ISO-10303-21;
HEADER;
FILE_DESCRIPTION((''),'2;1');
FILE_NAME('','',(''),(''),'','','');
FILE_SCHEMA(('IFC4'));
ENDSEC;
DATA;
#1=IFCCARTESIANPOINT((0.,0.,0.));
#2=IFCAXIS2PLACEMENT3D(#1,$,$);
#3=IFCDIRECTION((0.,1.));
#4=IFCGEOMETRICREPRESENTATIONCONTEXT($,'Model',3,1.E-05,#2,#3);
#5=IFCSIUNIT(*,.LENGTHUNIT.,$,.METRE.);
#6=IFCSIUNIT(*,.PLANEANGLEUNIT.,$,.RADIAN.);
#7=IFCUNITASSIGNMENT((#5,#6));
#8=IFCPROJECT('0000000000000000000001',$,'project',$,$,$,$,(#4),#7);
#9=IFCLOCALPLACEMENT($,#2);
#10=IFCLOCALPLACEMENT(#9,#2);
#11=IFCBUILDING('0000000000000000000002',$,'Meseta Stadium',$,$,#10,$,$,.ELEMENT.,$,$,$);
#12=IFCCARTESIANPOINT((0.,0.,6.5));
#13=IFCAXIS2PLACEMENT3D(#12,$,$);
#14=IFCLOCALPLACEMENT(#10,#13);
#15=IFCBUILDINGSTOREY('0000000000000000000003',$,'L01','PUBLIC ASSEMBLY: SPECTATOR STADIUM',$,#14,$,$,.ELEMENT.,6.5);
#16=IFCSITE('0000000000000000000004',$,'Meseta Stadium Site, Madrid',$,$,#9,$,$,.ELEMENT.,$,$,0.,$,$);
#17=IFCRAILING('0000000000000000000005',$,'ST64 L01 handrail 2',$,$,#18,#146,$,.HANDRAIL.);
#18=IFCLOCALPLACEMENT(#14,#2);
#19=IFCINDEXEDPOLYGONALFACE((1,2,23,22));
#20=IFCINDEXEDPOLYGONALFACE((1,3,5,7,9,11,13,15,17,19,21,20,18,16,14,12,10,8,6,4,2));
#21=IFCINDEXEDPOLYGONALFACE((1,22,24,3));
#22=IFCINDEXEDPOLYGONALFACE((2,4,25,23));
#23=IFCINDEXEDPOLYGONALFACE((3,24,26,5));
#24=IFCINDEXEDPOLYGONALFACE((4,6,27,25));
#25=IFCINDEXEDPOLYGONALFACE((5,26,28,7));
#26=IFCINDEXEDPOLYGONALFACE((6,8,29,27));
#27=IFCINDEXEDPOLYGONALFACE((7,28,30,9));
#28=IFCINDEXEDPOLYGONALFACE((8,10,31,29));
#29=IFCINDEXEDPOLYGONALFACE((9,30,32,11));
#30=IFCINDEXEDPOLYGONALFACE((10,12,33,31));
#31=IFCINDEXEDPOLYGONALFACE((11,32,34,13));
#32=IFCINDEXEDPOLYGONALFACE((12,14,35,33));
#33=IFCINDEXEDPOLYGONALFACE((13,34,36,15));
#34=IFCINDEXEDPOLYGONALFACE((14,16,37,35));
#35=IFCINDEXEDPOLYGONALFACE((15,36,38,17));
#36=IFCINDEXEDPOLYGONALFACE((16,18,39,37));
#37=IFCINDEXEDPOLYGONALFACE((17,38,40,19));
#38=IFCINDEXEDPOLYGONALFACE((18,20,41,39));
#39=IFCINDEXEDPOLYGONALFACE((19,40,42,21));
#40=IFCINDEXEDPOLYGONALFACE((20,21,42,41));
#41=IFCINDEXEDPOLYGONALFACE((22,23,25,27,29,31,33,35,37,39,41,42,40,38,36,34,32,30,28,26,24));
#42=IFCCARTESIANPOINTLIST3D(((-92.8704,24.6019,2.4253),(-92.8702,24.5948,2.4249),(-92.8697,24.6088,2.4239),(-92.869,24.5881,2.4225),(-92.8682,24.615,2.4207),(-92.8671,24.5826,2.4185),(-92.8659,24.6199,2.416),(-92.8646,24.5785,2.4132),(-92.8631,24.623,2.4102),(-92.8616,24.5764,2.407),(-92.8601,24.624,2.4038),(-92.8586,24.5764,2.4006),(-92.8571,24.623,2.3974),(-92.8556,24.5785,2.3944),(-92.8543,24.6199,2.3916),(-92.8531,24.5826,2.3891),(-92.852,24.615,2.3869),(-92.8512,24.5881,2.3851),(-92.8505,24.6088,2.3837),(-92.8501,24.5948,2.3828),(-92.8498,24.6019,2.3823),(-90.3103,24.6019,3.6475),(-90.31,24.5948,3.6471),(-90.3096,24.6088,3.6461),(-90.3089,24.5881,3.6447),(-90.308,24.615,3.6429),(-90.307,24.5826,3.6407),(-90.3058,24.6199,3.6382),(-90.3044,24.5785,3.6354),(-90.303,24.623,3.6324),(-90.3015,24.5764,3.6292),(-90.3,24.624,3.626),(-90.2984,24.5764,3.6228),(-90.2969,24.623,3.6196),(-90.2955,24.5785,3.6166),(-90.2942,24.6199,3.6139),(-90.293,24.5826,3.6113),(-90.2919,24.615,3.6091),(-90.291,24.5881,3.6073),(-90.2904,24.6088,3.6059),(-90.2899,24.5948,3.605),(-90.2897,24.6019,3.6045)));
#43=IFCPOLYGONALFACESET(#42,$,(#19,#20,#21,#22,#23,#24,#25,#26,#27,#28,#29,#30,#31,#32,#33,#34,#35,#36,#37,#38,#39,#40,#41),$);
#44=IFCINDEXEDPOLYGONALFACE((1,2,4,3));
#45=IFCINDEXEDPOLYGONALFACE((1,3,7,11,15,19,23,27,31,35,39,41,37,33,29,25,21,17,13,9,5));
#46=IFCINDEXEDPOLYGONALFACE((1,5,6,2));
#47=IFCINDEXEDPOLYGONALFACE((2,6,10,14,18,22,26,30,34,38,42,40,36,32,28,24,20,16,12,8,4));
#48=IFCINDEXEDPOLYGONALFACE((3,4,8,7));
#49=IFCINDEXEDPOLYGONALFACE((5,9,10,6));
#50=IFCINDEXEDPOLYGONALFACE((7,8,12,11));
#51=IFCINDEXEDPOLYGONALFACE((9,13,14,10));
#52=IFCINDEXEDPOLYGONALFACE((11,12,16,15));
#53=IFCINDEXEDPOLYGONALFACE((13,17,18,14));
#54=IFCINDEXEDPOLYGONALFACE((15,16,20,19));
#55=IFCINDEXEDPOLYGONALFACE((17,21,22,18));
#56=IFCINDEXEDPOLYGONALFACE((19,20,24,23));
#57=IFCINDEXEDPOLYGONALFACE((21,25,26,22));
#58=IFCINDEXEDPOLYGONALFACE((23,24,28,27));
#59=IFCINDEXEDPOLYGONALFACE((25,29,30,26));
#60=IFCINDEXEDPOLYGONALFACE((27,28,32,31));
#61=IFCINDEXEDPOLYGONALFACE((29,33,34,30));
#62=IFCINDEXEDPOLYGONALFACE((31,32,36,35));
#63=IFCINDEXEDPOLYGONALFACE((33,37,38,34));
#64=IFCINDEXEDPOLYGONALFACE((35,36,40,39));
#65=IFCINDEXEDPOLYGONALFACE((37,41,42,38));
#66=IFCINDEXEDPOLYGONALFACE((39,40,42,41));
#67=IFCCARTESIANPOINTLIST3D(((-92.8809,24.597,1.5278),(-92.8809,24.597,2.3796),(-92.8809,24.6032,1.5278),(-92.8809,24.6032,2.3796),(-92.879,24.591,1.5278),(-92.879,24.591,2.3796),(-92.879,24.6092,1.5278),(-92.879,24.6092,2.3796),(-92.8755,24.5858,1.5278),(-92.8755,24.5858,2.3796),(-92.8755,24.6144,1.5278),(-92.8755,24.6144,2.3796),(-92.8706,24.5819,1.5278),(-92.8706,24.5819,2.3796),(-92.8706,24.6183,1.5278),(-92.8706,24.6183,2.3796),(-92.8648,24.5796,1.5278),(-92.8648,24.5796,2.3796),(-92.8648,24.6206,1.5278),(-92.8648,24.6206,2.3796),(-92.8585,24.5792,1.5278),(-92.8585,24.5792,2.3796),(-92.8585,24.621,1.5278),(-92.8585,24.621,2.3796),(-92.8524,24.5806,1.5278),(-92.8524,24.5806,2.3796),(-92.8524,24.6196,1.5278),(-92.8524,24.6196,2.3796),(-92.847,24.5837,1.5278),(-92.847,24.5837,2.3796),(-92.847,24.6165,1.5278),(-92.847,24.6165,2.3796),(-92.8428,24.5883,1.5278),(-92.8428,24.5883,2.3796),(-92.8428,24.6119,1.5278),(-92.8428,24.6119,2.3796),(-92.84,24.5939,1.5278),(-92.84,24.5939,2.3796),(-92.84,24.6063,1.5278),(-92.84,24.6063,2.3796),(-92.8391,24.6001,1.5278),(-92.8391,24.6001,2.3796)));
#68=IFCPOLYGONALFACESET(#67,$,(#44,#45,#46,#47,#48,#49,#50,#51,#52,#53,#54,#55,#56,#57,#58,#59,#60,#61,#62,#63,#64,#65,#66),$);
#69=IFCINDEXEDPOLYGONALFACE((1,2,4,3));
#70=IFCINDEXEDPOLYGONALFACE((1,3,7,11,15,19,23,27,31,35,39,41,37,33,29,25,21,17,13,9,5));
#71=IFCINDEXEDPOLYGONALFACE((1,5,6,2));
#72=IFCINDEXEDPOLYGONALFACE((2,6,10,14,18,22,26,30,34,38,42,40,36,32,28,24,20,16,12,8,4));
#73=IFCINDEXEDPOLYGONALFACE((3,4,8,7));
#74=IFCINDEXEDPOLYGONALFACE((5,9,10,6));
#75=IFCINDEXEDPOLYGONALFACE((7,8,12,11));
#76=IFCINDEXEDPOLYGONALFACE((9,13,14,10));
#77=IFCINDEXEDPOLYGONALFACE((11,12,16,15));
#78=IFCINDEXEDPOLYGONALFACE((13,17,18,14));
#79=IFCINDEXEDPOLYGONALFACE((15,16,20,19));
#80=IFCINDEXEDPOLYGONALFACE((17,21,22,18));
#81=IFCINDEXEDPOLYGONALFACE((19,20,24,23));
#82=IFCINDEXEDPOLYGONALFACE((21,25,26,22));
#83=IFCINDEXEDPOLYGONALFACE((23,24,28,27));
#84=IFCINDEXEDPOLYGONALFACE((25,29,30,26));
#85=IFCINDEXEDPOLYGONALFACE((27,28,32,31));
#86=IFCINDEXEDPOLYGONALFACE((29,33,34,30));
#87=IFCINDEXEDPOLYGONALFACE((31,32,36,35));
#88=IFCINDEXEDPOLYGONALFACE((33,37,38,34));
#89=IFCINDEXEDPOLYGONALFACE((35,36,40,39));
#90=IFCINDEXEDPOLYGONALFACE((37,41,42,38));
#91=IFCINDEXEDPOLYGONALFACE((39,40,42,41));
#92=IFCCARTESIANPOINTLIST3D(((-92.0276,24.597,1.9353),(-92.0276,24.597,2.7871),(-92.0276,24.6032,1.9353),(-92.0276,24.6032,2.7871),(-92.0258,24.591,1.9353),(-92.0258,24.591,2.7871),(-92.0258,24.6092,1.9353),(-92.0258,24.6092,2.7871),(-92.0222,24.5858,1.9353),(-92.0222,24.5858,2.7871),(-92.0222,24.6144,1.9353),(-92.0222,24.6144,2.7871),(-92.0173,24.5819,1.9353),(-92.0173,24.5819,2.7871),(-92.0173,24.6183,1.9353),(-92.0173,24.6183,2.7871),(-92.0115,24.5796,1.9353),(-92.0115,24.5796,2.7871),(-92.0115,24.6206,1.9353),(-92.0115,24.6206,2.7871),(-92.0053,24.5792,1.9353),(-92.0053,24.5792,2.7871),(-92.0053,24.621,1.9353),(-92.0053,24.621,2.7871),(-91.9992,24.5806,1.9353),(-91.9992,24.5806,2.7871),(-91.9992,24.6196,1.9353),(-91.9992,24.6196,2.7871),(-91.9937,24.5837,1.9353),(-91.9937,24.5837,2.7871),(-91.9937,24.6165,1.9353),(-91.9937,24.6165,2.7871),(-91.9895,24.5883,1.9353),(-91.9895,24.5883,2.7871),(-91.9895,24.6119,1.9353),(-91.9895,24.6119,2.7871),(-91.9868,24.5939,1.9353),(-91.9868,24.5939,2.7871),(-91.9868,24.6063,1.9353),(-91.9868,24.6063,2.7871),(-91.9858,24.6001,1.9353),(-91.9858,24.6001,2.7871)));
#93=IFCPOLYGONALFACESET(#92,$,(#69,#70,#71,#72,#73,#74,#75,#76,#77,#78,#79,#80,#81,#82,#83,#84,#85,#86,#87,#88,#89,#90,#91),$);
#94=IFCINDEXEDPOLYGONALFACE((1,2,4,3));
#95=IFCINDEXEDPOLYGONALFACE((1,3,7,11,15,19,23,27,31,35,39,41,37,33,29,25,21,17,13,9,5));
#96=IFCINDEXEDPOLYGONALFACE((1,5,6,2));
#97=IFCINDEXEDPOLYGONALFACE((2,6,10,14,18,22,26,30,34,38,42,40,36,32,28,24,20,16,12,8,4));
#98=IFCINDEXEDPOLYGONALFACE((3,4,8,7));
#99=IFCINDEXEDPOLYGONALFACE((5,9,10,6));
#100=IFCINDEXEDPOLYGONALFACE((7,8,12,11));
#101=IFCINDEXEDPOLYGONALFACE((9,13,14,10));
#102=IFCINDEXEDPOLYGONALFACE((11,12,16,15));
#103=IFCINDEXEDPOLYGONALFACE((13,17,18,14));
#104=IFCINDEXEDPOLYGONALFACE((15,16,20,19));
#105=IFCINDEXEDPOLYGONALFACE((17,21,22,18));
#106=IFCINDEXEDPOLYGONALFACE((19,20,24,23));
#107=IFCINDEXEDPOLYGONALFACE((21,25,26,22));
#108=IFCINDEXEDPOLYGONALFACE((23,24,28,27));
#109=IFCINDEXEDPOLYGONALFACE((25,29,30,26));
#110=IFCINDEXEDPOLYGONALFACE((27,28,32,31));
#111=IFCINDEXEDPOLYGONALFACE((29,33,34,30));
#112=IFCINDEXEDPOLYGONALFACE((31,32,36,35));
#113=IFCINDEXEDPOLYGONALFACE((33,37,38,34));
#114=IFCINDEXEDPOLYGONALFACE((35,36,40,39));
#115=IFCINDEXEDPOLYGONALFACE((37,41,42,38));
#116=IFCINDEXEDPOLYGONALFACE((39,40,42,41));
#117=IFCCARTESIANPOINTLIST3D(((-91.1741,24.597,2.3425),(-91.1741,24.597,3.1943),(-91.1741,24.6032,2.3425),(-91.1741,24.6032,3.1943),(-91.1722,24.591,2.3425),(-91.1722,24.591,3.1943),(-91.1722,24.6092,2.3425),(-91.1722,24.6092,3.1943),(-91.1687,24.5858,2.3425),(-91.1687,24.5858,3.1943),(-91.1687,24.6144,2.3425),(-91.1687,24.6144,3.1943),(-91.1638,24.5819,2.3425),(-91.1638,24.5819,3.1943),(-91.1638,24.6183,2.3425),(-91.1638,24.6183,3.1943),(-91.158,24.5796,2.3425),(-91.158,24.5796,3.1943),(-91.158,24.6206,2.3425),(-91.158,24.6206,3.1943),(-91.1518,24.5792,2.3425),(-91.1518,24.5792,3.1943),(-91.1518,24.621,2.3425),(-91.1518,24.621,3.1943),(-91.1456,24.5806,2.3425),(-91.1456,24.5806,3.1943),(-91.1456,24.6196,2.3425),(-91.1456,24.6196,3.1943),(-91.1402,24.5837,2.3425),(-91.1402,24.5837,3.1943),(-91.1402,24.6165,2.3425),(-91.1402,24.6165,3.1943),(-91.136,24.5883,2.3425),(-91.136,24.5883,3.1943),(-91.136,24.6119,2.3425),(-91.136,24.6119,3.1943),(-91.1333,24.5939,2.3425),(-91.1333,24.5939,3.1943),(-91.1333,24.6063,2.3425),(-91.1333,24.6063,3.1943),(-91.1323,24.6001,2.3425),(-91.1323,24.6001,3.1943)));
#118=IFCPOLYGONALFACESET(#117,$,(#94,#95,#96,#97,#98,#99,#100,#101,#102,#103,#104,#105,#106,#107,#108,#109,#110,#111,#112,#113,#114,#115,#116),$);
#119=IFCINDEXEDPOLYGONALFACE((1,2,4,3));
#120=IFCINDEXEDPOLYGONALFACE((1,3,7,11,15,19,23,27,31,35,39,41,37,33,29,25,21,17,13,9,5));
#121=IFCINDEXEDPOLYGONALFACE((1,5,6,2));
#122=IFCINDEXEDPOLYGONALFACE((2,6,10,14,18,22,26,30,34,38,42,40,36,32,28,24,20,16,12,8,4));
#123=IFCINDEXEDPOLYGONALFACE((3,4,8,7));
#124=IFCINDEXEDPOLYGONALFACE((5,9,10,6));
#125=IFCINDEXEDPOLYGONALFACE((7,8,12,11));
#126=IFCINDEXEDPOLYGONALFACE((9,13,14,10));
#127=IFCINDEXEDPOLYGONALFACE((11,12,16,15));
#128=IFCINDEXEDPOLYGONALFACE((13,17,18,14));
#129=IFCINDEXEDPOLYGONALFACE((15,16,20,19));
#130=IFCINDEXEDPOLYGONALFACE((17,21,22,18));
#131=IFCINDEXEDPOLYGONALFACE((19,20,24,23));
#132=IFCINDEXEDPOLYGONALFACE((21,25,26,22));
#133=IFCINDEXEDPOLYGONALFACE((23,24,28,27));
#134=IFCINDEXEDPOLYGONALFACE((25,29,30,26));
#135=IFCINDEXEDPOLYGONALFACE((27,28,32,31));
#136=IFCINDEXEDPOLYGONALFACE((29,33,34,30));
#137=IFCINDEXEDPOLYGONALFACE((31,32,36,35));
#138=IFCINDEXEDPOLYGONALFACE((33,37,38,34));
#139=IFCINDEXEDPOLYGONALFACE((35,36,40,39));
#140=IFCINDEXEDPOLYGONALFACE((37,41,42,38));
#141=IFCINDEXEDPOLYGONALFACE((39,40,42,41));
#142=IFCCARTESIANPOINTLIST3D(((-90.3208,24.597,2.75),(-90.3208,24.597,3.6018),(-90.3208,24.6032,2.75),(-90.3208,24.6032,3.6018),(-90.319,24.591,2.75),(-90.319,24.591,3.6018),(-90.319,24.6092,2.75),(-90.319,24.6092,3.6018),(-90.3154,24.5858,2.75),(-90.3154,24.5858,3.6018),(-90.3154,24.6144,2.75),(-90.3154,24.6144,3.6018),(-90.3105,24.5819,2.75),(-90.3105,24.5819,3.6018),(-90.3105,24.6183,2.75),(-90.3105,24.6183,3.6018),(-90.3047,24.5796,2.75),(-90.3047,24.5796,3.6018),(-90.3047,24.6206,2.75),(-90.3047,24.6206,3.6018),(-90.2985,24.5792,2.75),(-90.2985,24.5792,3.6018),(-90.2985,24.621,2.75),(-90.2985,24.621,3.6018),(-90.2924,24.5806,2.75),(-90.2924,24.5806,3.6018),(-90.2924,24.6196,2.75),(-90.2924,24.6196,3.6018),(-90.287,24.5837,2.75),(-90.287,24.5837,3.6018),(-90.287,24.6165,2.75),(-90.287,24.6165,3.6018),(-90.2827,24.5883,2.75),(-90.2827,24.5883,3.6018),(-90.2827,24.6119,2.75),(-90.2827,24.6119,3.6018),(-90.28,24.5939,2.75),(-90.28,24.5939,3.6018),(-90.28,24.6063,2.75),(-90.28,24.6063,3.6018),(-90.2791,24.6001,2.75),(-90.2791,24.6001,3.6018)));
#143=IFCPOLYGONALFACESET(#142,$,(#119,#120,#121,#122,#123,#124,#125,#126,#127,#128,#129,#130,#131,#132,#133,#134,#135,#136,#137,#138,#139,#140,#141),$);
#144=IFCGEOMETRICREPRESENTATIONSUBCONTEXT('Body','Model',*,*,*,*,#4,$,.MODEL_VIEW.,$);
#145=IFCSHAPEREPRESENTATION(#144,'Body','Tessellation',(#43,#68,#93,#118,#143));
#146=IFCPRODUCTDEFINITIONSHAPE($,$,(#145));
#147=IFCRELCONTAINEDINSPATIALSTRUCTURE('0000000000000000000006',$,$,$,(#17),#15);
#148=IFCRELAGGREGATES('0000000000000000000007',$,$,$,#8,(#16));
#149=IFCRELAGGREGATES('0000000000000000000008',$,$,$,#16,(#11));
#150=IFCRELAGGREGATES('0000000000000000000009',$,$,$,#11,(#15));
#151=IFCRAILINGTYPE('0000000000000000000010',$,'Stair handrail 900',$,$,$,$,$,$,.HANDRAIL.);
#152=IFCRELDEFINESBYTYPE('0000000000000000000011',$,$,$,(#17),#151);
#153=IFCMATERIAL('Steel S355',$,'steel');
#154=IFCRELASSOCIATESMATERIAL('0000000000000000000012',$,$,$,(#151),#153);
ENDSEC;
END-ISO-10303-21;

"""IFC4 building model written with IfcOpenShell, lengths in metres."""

from ifc_helpers import new_model, si_unit, direction, frame, origin, origin_2d, place, context, subcontext, project, spatial, circle, extrude, material, type_object, element, save


model = new_model("IFC4")

# Units and contexts
model_context = context("Model", 3, precision=1e-05, world=origin(), true_north=direction((0.0, 1.0)))
body_context = subcontext(model_context, "Body", "Model", "MODEL_VIEW")
ifc_project = project(units=[si_unit("LENGTHUNIT", "METRE"), si_unit("PLANEANGLEUNIT", "RADIAN")], contexts=[model_context])

# Site, building, storey
site_placement = place(None, origin())
site = spatial("IfcSite", under=ifc_project, at=site_placement, Name="Meseta Stadium Site, Madrid", CompositionType="ELEMENT", RefElevation=0.0)
building_placement = place(site_placement, origin())
building = spatial("IfcBuilding", under=site, at=building_placement, Name="Meseta Stadium", CompositionType="ELEMENT")
storey_placement = place(building_placement, frame((0.0, 0.0, 6.5)))
storey = spatial("IfcBuildingStorey", under=building, at=storey_placement, Name="L01", Description="PUBLIC ASSEMBLY: SPECTATOR STADIUM", CompositionType="ELEMENT", Elevation=6.5)

# Railing
ifc_material_1 = material(Name="Steel S355", Category="steel")
railing_type = type_object("IfcRailingType", Name="Stair handrail 900", PredefinedType="HANDRAIL", material=ifc_material_1)
for number, where, name in (
    (1, (-92.8601, 24.6001, 1.5278), "ST64 L01 handrail 2"),
):
    element("IfcRailing", number, at=place(storey_placement, frame(where)), inside=storey, type_object=railing_type, Name=name, PredefinedType="HANDRAIL", context=body_context, shape_type="SweptSolid", body=[
        extrude(circle(Radius=0.0239, at=origin_2d()), frame((0.0, 0.0, 0.876), z_axis=(0.902437, 0.0, 0.430822), x_axis=(0.0, 1.0, 0.0)), (0.0, 0.0, 1.0), 2.8369),
        extrude(circle(Radius=0.021, at=origin_2d()), origin(), (0.0, 0.0, 1.0), 0.8518),
        extrude(circle(Radius=0.021, at=origin_2d()), frame((0.8533, 0.0, 0.4075)), (0.0, 0.0, 1.0), 0.8518),
        extrude(circle(Radius=0.021, at=origin_2d()), frame((1.7068, 0.0, 0.8147)), (0.0, 0.0, 1.0), 0.8518),
        extrude(circle(Radius=0.021, at=origin_2d()), frame((2.5601, 0.0, 1.2222)), (0.0, 0.0, 1.0), 0.8518),
    ])

save(model, "model.ifc")
